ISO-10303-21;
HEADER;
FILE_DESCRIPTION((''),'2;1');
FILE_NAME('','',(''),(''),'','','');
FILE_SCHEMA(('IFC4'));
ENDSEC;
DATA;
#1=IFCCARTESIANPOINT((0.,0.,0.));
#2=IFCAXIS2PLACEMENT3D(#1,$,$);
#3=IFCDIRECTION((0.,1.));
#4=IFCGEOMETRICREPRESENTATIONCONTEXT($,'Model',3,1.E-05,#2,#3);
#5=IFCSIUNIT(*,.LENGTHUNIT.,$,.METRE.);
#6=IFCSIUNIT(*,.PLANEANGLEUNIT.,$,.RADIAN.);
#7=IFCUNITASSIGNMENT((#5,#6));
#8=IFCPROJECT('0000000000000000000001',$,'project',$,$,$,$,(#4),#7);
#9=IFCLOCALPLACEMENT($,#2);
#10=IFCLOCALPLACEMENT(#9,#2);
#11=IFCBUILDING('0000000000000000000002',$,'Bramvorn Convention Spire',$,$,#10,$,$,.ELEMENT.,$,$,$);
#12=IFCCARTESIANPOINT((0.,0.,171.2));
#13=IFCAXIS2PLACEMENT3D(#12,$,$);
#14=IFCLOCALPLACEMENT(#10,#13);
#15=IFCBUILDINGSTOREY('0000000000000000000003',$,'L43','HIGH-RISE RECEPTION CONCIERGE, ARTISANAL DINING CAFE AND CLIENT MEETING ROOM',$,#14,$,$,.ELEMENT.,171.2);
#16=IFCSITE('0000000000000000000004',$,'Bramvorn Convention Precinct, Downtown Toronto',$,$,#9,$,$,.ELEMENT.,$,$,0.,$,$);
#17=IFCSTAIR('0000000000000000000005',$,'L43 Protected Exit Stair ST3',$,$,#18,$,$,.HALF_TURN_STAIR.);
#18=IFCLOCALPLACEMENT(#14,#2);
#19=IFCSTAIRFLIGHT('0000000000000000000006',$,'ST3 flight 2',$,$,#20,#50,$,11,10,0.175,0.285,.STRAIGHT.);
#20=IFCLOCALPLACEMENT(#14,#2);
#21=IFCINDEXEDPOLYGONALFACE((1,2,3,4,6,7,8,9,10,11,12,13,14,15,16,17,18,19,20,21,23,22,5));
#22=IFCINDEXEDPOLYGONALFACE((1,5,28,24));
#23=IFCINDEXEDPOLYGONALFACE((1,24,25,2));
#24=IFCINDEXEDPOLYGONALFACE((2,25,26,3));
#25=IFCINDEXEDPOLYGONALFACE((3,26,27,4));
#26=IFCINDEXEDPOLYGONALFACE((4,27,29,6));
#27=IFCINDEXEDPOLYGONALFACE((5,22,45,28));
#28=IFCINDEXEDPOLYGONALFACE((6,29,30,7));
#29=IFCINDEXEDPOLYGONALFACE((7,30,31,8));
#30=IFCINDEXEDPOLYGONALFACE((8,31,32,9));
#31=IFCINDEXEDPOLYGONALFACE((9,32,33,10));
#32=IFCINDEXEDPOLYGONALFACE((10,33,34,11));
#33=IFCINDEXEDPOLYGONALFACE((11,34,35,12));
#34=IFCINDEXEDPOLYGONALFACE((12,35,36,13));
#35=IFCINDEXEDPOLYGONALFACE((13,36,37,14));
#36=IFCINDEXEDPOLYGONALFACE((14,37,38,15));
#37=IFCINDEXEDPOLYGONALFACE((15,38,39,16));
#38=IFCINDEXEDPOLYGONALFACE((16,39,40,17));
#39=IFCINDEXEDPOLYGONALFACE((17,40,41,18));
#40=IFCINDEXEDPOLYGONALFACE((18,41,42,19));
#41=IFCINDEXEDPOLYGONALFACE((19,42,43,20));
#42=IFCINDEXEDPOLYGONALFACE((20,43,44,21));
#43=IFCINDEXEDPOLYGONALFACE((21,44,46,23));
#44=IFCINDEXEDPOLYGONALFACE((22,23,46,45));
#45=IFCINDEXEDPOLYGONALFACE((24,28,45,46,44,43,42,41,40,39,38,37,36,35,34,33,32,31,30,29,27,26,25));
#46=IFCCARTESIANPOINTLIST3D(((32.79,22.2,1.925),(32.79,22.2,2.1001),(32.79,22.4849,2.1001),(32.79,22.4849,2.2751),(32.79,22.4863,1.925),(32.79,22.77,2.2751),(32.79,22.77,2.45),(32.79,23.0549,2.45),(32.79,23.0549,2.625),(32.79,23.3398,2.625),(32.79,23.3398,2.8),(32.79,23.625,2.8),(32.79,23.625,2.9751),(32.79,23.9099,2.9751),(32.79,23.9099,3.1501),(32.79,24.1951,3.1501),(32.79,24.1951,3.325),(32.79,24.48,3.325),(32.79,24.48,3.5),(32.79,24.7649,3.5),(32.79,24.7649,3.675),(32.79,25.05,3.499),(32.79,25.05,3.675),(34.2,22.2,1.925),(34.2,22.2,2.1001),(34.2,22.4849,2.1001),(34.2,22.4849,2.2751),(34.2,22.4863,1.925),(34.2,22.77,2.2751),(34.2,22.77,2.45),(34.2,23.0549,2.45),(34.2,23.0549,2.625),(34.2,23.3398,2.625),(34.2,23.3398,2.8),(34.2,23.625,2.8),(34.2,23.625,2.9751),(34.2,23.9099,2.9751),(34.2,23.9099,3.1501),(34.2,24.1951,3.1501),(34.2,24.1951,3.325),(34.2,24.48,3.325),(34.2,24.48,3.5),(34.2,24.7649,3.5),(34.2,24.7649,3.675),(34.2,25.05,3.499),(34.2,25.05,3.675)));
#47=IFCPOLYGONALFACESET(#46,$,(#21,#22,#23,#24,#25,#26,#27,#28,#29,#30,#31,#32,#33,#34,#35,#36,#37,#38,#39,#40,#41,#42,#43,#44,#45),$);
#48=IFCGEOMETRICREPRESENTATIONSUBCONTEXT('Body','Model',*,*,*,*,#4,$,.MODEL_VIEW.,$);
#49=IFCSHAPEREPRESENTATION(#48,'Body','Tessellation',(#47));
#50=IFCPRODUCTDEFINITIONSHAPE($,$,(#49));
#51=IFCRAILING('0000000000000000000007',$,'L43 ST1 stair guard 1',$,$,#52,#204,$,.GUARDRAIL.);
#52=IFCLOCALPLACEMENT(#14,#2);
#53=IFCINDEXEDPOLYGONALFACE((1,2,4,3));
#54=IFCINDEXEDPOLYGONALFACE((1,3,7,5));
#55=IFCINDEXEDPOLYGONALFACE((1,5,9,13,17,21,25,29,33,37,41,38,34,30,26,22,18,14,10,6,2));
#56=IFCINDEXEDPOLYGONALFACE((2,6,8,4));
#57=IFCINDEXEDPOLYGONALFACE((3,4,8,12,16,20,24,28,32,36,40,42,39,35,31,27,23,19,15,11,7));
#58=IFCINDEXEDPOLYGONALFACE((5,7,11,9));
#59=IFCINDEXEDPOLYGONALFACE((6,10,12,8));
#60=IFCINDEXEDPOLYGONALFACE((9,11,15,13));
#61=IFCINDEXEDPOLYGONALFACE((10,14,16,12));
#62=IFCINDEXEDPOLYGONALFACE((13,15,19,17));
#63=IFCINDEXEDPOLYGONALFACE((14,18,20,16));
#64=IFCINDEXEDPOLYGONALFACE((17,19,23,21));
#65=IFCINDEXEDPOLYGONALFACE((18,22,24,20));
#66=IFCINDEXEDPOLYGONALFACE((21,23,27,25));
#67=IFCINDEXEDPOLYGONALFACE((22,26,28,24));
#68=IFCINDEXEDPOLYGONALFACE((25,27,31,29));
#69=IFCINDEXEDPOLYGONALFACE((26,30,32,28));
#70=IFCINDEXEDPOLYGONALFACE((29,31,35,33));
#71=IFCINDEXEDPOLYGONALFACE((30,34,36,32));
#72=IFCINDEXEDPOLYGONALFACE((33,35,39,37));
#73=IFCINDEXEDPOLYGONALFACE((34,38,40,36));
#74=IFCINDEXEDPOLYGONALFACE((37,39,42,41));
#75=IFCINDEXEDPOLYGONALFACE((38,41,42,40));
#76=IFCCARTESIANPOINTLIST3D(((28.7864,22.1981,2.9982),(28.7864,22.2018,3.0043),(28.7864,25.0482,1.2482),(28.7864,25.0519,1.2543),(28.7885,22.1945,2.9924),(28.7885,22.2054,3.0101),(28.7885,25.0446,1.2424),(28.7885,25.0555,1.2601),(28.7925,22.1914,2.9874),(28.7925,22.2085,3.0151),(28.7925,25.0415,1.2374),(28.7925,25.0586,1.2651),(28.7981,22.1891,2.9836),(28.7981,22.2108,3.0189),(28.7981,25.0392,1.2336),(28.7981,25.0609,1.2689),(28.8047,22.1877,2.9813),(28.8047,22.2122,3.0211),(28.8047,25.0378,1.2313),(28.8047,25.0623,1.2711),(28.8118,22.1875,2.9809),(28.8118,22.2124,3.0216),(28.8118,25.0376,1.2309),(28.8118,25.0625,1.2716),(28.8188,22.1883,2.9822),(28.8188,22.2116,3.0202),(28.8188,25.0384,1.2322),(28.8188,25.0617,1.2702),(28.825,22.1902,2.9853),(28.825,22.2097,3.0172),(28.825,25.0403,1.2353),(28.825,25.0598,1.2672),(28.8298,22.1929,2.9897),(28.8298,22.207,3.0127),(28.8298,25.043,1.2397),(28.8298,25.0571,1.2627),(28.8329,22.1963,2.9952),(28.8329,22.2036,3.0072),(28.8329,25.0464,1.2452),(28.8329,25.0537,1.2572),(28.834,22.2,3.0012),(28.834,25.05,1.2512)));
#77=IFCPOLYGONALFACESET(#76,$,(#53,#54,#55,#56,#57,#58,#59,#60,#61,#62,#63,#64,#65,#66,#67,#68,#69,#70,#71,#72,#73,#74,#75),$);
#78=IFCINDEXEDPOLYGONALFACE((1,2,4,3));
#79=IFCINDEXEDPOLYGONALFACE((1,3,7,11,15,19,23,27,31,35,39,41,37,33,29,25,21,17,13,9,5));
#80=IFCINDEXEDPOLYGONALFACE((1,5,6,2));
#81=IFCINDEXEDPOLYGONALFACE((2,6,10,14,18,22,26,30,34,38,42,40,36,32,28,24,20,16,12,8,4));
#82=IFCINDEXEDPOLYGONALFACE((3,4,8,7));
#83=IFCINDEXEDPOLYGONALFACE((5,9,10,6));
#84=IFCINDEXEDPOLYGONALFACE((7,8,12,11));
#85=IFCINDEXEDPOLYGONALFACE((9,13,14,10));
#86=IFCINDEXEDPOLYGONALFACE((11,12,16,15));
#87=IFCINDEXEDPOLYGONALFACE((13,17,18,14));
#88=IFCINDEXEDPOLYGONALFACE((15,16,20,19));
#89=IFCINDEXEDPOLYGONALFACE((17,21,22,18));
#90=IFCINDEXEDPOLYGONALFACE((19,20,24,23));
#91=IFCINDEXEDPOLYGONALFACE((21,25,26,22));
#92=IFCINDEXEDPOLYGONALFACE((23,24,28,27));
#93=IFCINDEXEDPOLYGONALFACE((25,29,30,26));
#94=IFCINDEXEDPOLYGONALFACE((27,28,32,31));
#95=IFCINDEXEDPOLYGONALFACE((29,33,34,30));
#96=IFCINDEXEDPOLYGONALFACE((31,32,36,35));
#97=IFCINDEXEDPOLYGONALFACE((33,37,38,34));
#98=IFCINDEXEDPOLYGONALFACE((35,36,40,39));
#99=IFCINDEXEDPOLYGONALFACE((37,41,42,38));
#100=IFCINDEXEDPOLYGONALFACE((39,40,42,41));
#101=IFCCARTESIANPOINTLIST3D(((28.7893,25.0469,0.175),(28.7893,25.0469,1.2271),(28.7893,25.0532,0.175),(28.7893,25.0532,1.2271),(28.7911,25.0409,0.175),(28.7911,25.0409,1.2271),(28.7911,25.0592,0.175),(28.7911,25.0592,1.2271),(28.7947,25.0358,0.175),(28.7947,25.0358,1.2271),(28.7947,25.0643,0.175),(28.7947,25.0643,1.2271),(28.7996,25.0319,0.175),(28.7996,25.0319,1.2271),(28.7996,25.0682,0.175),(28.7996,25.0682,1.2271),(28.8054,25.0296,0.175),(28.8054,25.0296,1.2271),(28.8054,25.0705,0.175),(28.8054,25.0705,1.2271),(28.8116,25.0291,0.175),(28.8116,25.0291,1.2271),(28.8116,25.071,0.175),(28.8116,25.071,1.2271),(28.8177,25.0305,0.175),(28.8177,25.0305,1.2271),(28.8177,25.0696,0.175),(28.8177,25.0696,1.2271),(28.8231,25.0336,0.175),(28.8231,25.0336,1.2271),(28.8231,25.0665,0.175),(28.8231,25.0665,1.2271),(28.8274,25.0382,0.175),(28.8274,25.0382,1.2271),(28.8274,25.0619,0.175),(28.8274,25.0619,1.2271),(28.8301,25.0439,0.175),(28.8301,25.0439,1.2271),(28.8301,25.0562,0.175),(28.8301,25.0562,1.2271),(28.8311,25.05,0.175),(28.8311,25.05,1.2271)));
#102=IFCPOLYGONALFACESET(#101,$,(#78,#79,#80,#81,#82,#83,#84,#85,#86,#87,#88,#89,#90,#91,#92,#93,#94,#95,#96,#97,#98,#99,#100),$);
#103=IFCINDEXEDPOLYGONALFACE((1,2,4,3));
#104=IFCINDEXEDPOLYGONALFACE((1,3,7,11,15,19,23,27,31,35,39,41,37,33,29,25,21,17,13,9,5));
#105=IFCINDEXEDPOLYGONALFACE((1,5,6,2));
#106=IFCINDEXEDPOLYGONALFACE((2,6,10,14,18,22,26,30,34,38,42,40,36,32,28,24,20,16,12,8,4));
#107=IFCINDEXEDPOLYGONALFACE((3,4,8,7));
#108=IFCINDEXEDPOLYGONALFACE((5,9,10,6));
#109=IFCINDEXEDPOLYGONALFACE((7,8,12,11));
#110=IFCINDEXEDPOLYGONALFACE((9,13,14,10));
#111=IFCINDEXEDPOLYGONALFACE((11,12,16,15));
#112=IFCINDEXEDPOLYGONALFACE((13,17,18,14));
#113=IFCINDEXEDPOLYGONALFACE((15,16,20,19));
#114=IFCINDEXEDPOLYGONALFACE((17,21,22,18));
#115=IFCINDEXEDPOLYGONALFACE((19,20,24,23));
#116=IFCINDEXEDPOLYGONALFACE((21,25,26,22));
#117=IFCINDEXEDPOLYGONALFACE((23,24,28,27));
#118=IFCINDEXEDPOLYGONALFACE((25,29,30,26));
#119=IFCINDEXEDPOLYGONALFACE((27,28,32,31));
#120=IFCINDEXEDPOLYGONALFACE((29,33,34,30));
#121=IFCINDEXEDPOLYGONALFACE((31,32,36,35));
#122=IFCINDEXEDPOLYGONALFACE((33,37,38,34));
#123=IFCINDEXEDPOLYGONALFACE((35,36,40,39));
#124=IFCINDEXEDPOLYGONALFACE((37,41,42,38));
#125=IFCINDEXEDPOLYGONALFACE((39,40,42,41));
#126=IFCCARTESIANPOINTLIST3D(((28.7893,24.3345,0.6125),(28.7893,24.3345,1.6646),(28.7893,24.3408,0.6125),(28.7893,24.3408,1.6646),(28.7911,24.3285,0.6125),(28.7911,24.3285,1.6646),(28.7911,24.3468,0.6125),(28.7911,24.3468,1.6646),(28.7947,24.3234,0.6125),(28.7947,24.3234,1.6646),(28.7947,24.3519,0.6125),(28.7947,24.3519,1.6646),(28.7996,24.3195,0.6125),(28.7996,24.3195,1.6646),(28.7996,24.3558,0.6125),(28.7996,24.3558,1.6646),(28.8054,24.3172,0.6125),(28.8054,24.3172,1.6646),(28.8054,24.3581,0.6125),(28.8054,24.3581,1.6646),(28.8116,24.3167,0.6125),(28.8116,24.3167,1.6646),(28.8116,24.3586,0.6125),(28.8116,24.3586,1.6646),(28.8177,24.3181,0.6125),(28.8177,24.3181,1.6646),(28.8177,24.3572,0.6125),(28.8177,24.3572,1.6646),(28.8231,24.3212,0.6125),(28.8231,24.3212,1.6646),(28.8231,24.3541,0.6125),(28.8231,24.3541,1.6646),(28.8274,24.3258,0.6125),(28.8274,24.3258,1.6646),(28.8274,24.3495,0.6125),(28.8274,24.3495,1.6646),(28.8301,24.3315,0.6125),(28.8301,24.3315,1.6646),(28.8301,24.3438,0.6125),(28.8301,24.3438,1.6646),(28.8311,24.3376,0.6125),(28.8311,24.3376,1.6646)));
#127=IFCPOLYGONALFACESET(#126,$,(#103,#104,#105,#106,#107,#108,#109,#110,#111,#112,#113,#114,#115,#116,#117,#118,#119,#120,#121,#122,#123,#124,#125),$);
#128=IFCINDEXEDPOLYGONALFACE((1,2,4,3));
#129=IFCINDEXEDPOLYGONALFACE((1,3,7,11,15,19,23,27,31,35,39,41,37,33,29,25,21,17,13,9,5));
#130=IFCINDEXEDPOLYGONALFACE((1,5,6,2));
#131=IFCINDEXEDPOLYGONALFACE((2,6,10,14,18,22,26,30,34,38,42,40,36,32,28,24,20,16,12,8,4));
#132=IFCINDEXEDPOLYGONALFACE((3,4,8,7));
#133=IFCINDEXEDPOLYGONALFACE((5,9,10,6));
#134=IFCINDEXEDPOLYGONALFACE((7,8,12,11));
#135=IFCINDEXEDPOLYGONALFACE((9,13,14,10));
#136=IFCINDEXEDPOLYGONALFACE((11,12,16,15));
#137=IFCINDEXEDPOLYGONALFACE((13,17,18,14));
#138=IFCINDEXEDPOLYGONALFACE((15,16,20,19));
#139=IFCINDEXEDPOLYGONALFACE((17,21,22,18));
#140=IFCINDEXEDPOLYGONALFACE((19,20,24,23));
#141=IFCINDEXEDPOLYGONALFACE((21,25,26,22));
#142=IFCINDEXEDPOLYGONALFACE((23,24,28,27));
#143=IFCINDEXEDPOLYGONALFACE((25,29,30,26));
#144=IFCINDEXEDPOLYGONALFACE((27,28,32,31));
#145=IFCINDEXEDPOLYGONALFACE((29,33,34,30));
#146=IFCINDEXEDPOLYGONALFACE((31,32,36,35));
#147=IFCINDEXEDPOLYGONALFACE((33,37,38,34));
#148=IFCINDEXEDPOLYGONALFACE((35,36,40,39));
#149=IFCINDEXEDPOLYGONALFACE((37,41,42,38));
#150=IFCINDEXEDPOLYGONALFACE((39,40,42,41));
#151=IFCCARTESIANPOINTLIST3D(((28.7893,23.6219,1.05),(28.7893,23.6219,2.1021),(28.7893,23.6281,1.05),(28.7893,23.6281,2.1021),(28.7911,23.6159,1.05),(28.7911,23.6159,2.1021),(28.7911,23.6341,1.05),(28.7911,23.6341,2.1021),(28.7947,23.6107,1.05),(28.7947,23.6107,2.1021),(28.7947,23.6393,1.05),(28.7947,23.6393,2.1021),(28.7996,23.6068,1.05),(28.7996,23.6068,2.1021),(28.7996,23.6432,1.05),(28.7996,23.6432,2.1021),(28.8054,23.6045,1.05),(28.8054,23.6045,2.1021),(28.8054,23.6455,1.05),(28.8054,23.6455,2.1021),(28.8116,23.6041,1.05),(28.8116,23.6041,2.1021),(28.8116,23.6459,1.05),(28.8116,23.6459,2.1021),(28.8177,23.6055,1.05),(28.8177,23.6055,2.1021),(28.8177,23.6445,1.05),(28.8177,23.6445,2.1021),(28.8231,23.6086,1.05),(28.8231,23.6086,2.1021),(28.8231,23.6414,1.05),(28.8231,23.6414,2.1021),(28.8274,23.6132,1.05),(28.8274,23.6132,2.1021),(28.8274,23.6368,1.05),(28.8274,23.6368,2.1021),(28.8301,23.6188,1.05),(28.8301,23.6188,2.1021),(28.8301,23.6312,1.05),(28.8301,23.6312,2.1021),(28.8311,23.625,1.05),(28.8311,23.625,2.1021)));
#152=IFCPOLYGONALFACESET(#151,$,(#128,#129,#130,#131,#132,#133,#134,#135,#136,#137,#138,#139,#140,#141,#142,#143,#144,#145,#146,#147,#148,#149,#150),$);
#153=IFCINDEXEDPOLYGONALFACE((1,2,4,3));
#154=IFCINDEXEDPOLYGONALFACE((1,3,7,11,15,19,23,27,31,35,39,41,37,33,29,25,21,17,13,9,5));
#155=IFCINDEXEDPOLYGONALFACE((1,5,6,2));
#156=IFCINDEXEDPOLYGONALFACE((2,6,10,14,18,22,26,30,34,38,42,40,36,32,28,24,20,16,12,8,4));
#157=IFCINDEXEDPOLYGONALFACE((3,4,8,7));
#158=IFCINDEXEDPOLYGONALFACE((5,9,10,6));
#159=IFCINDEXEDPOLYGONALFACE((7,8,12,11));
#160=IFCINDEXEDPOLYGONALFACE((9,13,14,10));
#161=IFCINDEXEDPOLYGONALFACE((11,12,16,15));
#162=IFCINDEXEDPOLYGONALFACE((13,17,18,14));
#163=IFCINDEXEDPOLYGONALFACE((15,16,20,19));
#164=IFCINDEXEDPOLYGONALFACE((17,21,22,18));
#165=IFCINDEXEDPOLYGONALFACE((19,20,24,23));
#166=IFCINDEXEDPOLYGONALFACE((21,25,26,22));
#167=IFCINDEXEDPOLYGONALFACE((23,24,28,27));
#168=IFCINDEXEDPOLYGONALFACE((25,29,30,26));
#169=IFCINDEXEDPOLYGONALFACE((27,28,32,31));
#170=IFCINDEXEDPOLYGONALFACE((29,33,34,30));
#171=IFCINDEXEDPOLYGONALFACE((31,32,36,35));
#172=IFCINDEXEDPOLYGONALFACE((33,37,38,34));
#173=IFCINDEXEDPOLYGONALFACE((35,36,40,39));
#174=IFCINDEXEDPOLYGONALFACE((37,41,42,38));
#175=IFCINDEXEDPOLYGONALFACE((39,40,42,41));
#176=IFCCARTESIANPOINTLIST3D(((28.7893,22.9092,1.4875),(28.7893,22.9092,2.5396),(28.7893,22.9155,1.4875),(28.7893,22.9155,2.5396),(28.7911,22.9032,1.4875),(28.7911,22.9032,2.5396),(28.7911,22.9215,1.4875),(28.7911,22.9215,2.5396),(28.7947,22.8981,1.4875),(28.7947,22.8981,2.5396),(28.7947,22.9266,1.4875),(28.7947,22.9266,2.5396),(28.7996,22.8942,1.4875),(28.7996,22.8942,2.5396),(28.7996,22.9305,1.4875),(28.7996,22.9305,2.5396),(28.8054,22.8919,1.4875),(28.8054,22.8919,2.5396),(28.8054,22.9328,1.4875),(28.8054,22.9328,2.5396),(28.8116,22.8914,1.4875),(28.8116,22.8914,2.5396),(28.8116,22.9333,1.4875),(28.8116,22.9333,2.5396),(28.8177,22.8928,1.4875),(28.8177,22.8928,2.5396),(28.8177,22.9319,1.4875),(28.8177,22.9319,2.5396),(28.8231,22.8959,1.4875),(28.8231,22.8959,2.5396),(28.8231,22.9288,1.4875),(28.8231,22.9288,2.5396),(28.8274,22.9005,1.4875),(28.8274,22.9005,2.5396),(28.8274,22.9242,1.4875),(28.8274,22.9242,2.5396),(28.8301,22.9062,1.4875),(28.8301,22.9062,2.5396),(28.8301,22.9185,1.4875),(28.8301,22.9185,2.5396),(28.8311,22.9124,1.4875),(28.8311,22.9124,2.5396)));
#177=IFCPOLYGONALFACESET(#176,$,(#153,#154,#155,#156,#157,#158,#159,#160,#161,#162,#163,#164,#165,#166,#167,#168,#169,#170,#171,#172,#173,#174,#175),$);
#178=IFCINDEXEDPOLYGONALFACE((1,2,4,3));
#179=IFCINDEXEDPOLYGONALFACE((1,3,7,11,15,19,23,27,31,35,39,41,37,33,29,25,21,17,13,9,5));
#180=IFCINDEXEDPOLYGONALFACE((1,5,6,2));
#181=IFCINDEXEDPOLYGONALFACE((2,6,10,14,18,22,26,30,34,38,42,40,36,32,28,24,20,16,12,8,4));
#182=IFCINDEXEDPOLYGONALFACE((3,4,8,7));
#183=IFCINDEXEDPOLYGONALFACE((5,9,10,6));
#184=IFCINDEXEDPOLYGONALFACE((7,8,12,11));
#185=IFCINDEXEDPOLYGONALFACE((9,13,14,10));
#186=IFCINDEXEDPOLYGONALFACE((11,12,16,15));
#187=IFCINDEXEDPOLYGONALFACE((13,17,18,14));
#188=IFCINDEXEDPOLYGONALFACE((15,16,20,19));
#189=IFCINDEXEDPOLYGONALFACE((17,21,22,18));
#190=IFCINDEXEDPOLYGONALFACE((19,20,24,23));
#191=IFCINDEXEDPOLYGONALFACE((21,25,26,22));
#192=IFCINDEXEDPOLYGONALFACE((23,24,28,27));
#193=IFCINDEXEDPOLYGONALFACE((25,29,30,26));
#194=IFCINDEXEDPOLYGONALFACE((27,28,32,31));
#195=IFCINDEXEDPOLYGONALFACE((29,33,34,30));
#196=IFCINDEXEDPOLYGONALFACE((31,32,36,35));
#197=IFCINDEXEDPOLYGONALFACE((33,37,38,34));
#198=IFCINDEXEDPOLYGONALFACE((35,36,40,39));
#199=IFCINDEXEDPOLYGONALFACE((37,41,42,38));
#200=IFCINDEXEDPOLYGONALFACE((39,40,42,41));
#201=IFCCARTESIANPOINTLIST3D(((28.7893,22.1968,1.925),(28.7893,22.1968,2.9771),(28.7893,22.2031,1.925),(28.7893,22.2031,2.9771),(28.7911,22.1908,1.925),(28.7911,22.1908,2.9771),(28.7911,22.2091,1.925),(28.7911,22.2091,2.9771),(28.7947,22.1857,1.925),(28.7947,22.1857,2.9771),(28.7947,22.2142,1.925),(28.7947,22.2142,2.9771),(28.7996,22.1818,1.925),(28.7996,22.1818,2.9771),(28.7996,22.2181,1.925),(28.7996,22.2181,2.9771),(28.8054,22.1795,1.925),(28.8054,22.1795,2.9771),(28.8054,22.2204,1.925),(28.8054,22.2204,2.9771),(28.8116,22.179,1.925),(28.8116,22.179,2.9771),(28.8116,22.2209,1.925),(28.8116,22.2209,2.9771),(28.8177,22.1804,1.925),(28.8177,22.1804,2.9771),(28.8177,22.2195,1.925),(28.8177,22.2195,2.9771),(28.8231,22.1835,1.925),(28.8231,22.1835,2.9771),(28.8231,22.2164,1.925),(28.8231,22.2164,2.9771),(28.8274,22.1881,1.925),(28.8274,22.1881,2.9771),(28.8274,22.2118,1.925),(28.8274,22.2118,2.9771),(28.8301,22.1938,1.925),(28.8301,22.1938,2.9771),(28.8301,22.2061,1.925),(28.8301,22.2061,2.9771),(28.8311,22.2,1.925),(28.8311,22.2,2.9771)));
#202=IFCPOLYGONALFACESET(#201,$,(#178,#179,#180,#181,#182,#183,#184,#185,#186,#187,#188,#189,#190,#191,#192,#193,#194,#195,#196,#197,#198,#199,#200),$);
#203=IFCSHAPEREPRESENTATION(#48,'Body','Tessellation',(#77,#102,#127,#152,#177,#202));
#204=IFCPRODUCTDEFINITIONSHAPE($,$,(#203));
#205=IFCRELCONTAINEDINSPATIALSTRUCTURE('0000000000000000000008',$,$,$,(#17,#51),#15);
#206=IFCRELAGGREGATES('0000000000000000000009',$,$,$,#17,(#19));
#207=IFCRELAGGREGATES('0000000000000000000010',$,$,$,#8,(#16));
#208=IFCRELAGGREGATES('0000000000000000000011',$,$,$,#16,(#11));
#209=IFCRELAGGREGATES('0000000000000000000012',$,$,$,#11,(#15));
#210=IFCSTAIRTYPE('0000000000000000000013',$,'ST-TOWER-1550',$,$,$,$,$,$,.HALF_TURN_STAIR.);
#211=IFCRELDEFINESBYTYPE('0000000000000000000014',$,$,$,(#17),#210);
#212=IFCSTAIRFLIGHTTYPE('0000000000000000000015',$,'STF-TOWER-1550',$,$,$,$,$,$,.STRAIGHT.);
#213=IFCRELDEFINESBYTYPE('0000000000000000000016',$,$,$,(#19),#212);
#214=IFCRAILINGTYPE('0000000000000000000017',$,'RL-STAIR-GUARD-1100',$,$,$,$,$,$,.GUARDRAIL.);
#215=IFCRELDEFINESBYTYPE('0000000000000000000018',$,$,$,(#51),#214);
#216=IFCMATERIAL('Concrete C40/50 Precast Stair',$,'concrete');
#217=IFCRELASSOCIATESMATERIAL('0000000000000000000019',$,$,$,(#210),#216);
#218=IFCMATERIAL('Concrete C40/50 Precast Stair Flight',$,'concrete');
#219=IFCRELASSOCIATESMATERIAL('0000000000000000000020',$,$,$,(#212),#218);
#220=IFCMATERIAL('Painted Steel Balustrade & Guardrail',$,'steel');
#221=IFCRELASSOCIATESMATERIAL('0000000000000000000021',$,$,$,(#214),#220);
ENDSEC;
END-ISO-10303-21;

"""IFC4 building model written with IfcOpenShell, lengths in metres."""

from ifc_helpers import new_model, si_unit, direction, frame, origin, origin_2d, place, context, subcontext, project, spatial, polyline, circle, outline, extrude, material, type_object, element, aggregate, save


model = new_model("IFC4")

# Units and contexts
model_context = context("Model", 3, precision=1e-05, world=origin(), true_north=direction((0.0, 1.0)))
body_context = subcontext(model_context, "Body", "Model", "MODEL_VIEW")
ifc_project = project(units=[si_unit("LENGTHUNIT", "METRE"), si_unit("PLANEANGLEUNIT", "RADIAN")], contexts=[model_context])

# Site, building, storey
site_placement = place(None, origin())
site = spatial("IfcSite", under=ifc_project, at=site_placement, Name="Bramvorn Convention Precinct, Downtown Toronto", CompositionType="ELEMENT", RefElevation=0.0)
building_placement = place(site_placement, origin())
building = spatial("IfcBuilding", under=site, at=building_placement, Name="Bramvorn Convention Spire", CompositionType="ELEMENT")
storey_placement = place(building_placement, frame((0.0, 0.0, 171.2)))
storey = spatial("IfcBuildingStorey", under=building, at=storey_placement, Name="L43", Description="HIGH-RISE RECEPTION CONCIERGE, ARTISANAL DINING CAFE AND CLIENT MEETING ROOM", CompositionType="ELEMENT", Elevation=171.2)

# Stair, stair flight
ifc_material_1 = material(Name="Concrete C40/50 Precast Stair", Category="concrete")
stair_type = type_object("IfcStairType", Name="ST-TOWER-1550", PredefinedType="HALF_TURN_STAIR", material=ifc_material_1)
ifc_material_2 = material(Name="Concrete C40/50 Precast Stair Flight", Category="concrete")
stair_flight_type = type_object("IfcStairFlightType", Name="STF-TOWER-1550", PredefinedType="STRAIGHT", material=ifc_material_2)
stair_1_placement = place(storey_placement, origin())
stair_1 = element("IfcStair", 1, at=stair_1_placement, inside=storey, type_object=stair_type, Name="L43 Protected Exit Stair ST3", PredefinedType="HALF_TURN_STAIR")
stair_flight_1_placement = place(storey_placement, frame((33.4951, 22.2, 1.925), z_axis=(0.0, 0.0, 1.0), x_axis=(0.0, 1.0, 0.0)))
stair_flight_1 = element("IfcStairFlight", 2, at=stair_flight_1_placement, type_object=stair_flight_type, Name="ST3 flight 2", NumberOfRisers=11, NumberOfTreads=10, PredefinedType="STRAIGHT", RiserHeight=0.175, TreadLength=0.285, context=body_context, shape_type="SweptSolid", body=[
    extrude(outline(polyline([(0.0, 0.0), (0.0, 0.175), (0.2849, 0.175), (0.2849, 0.3501), (0.5701, 0.3501), (0.5701, 0.5249), (0.855, 0.5249), (0.855, 0.7), (1.1399, 0.7), (1.1399, 0.875), (1.425, 0.875), (1.425, 1.05), (1.71, 1.05), (1.71, 1.2251), (1.9951, 1.2251), (1.9951, 1.3999), (2.28, 1.3999), (2.28, 1.575), (2.5649, 1.575), (2.5649, 1.75), (2.8501, 1.75), (2.8501, 1.925), (2.8501, 1.574), (0.2864, 0.0), (0.0, 0.0)])), frame((0.0, 0.7051, 0.0), z_axis=(0.0, -1.0, 0.0), x_axis=(1.0, 0.0, 0.0)), (0.0, 0.0, 1.0), 1.4099),
])
aggregate(stair_1, [stair_flight_1])

# Railing
ifc_material_3 = material(Name="Painted Steel Balustrade & Guardrail", Category="steel")
railing_type_1 = type_object("IfcRailingType", Name="RL-STAIR-GUARD-1100", PredefinedType="GUARDRAIL", material=ifc_material_3)
railing_1_placement = place(storey_placement, frame((28.8101, 25.05, 0.175)))
element("IfcRailing", 3, at=railing_1_placement, inside=storey, type_object=railing_type_1, Name="L43 ST1 stair guard 1", PredefinedType="GUARDRAIL", context=body_context, shape_type="SweptSolid", body=[
    extrude(circle(Radius=0.0239, at=origin_2d()), frame((0.0, 0.0, 1.0762), z_axis=(0.0, -0.852179, 0.52325), x_axis=(1.0, 0.0, 0.0)), (0.0, 0.0, 1.0), 3.3445),
    extrude(circle(Radius=0.021, at=origin_2d()), origin(), (0.0, 0.0, 1.0), 1.052),
    extrude(circle(Radius=0.021, at=origin_2d()), frame((0.0, -0.7124, 0.4375)), (0.0, 0.0, 1.0), 1.052),
    extrude(circle(Radius=0.021, at=origin_2d()), frame((0.0, -1.425, 0.875)), (0.0, 0.0, 1.0), 1.052),
    extrude(circle(Radius=0.021, at=origin_2d()), frame((0.0, -2.1377, 1.3125)), (0.0, 0.0, 1.0), 1.052),
    extrude(circle(Radius=0.021, at=origin_2d()), frame((0.0, -2.8501, 1.75)), (0.0, 0.0, 1.0), 1.052),
])

save(model, "model.ifc")
